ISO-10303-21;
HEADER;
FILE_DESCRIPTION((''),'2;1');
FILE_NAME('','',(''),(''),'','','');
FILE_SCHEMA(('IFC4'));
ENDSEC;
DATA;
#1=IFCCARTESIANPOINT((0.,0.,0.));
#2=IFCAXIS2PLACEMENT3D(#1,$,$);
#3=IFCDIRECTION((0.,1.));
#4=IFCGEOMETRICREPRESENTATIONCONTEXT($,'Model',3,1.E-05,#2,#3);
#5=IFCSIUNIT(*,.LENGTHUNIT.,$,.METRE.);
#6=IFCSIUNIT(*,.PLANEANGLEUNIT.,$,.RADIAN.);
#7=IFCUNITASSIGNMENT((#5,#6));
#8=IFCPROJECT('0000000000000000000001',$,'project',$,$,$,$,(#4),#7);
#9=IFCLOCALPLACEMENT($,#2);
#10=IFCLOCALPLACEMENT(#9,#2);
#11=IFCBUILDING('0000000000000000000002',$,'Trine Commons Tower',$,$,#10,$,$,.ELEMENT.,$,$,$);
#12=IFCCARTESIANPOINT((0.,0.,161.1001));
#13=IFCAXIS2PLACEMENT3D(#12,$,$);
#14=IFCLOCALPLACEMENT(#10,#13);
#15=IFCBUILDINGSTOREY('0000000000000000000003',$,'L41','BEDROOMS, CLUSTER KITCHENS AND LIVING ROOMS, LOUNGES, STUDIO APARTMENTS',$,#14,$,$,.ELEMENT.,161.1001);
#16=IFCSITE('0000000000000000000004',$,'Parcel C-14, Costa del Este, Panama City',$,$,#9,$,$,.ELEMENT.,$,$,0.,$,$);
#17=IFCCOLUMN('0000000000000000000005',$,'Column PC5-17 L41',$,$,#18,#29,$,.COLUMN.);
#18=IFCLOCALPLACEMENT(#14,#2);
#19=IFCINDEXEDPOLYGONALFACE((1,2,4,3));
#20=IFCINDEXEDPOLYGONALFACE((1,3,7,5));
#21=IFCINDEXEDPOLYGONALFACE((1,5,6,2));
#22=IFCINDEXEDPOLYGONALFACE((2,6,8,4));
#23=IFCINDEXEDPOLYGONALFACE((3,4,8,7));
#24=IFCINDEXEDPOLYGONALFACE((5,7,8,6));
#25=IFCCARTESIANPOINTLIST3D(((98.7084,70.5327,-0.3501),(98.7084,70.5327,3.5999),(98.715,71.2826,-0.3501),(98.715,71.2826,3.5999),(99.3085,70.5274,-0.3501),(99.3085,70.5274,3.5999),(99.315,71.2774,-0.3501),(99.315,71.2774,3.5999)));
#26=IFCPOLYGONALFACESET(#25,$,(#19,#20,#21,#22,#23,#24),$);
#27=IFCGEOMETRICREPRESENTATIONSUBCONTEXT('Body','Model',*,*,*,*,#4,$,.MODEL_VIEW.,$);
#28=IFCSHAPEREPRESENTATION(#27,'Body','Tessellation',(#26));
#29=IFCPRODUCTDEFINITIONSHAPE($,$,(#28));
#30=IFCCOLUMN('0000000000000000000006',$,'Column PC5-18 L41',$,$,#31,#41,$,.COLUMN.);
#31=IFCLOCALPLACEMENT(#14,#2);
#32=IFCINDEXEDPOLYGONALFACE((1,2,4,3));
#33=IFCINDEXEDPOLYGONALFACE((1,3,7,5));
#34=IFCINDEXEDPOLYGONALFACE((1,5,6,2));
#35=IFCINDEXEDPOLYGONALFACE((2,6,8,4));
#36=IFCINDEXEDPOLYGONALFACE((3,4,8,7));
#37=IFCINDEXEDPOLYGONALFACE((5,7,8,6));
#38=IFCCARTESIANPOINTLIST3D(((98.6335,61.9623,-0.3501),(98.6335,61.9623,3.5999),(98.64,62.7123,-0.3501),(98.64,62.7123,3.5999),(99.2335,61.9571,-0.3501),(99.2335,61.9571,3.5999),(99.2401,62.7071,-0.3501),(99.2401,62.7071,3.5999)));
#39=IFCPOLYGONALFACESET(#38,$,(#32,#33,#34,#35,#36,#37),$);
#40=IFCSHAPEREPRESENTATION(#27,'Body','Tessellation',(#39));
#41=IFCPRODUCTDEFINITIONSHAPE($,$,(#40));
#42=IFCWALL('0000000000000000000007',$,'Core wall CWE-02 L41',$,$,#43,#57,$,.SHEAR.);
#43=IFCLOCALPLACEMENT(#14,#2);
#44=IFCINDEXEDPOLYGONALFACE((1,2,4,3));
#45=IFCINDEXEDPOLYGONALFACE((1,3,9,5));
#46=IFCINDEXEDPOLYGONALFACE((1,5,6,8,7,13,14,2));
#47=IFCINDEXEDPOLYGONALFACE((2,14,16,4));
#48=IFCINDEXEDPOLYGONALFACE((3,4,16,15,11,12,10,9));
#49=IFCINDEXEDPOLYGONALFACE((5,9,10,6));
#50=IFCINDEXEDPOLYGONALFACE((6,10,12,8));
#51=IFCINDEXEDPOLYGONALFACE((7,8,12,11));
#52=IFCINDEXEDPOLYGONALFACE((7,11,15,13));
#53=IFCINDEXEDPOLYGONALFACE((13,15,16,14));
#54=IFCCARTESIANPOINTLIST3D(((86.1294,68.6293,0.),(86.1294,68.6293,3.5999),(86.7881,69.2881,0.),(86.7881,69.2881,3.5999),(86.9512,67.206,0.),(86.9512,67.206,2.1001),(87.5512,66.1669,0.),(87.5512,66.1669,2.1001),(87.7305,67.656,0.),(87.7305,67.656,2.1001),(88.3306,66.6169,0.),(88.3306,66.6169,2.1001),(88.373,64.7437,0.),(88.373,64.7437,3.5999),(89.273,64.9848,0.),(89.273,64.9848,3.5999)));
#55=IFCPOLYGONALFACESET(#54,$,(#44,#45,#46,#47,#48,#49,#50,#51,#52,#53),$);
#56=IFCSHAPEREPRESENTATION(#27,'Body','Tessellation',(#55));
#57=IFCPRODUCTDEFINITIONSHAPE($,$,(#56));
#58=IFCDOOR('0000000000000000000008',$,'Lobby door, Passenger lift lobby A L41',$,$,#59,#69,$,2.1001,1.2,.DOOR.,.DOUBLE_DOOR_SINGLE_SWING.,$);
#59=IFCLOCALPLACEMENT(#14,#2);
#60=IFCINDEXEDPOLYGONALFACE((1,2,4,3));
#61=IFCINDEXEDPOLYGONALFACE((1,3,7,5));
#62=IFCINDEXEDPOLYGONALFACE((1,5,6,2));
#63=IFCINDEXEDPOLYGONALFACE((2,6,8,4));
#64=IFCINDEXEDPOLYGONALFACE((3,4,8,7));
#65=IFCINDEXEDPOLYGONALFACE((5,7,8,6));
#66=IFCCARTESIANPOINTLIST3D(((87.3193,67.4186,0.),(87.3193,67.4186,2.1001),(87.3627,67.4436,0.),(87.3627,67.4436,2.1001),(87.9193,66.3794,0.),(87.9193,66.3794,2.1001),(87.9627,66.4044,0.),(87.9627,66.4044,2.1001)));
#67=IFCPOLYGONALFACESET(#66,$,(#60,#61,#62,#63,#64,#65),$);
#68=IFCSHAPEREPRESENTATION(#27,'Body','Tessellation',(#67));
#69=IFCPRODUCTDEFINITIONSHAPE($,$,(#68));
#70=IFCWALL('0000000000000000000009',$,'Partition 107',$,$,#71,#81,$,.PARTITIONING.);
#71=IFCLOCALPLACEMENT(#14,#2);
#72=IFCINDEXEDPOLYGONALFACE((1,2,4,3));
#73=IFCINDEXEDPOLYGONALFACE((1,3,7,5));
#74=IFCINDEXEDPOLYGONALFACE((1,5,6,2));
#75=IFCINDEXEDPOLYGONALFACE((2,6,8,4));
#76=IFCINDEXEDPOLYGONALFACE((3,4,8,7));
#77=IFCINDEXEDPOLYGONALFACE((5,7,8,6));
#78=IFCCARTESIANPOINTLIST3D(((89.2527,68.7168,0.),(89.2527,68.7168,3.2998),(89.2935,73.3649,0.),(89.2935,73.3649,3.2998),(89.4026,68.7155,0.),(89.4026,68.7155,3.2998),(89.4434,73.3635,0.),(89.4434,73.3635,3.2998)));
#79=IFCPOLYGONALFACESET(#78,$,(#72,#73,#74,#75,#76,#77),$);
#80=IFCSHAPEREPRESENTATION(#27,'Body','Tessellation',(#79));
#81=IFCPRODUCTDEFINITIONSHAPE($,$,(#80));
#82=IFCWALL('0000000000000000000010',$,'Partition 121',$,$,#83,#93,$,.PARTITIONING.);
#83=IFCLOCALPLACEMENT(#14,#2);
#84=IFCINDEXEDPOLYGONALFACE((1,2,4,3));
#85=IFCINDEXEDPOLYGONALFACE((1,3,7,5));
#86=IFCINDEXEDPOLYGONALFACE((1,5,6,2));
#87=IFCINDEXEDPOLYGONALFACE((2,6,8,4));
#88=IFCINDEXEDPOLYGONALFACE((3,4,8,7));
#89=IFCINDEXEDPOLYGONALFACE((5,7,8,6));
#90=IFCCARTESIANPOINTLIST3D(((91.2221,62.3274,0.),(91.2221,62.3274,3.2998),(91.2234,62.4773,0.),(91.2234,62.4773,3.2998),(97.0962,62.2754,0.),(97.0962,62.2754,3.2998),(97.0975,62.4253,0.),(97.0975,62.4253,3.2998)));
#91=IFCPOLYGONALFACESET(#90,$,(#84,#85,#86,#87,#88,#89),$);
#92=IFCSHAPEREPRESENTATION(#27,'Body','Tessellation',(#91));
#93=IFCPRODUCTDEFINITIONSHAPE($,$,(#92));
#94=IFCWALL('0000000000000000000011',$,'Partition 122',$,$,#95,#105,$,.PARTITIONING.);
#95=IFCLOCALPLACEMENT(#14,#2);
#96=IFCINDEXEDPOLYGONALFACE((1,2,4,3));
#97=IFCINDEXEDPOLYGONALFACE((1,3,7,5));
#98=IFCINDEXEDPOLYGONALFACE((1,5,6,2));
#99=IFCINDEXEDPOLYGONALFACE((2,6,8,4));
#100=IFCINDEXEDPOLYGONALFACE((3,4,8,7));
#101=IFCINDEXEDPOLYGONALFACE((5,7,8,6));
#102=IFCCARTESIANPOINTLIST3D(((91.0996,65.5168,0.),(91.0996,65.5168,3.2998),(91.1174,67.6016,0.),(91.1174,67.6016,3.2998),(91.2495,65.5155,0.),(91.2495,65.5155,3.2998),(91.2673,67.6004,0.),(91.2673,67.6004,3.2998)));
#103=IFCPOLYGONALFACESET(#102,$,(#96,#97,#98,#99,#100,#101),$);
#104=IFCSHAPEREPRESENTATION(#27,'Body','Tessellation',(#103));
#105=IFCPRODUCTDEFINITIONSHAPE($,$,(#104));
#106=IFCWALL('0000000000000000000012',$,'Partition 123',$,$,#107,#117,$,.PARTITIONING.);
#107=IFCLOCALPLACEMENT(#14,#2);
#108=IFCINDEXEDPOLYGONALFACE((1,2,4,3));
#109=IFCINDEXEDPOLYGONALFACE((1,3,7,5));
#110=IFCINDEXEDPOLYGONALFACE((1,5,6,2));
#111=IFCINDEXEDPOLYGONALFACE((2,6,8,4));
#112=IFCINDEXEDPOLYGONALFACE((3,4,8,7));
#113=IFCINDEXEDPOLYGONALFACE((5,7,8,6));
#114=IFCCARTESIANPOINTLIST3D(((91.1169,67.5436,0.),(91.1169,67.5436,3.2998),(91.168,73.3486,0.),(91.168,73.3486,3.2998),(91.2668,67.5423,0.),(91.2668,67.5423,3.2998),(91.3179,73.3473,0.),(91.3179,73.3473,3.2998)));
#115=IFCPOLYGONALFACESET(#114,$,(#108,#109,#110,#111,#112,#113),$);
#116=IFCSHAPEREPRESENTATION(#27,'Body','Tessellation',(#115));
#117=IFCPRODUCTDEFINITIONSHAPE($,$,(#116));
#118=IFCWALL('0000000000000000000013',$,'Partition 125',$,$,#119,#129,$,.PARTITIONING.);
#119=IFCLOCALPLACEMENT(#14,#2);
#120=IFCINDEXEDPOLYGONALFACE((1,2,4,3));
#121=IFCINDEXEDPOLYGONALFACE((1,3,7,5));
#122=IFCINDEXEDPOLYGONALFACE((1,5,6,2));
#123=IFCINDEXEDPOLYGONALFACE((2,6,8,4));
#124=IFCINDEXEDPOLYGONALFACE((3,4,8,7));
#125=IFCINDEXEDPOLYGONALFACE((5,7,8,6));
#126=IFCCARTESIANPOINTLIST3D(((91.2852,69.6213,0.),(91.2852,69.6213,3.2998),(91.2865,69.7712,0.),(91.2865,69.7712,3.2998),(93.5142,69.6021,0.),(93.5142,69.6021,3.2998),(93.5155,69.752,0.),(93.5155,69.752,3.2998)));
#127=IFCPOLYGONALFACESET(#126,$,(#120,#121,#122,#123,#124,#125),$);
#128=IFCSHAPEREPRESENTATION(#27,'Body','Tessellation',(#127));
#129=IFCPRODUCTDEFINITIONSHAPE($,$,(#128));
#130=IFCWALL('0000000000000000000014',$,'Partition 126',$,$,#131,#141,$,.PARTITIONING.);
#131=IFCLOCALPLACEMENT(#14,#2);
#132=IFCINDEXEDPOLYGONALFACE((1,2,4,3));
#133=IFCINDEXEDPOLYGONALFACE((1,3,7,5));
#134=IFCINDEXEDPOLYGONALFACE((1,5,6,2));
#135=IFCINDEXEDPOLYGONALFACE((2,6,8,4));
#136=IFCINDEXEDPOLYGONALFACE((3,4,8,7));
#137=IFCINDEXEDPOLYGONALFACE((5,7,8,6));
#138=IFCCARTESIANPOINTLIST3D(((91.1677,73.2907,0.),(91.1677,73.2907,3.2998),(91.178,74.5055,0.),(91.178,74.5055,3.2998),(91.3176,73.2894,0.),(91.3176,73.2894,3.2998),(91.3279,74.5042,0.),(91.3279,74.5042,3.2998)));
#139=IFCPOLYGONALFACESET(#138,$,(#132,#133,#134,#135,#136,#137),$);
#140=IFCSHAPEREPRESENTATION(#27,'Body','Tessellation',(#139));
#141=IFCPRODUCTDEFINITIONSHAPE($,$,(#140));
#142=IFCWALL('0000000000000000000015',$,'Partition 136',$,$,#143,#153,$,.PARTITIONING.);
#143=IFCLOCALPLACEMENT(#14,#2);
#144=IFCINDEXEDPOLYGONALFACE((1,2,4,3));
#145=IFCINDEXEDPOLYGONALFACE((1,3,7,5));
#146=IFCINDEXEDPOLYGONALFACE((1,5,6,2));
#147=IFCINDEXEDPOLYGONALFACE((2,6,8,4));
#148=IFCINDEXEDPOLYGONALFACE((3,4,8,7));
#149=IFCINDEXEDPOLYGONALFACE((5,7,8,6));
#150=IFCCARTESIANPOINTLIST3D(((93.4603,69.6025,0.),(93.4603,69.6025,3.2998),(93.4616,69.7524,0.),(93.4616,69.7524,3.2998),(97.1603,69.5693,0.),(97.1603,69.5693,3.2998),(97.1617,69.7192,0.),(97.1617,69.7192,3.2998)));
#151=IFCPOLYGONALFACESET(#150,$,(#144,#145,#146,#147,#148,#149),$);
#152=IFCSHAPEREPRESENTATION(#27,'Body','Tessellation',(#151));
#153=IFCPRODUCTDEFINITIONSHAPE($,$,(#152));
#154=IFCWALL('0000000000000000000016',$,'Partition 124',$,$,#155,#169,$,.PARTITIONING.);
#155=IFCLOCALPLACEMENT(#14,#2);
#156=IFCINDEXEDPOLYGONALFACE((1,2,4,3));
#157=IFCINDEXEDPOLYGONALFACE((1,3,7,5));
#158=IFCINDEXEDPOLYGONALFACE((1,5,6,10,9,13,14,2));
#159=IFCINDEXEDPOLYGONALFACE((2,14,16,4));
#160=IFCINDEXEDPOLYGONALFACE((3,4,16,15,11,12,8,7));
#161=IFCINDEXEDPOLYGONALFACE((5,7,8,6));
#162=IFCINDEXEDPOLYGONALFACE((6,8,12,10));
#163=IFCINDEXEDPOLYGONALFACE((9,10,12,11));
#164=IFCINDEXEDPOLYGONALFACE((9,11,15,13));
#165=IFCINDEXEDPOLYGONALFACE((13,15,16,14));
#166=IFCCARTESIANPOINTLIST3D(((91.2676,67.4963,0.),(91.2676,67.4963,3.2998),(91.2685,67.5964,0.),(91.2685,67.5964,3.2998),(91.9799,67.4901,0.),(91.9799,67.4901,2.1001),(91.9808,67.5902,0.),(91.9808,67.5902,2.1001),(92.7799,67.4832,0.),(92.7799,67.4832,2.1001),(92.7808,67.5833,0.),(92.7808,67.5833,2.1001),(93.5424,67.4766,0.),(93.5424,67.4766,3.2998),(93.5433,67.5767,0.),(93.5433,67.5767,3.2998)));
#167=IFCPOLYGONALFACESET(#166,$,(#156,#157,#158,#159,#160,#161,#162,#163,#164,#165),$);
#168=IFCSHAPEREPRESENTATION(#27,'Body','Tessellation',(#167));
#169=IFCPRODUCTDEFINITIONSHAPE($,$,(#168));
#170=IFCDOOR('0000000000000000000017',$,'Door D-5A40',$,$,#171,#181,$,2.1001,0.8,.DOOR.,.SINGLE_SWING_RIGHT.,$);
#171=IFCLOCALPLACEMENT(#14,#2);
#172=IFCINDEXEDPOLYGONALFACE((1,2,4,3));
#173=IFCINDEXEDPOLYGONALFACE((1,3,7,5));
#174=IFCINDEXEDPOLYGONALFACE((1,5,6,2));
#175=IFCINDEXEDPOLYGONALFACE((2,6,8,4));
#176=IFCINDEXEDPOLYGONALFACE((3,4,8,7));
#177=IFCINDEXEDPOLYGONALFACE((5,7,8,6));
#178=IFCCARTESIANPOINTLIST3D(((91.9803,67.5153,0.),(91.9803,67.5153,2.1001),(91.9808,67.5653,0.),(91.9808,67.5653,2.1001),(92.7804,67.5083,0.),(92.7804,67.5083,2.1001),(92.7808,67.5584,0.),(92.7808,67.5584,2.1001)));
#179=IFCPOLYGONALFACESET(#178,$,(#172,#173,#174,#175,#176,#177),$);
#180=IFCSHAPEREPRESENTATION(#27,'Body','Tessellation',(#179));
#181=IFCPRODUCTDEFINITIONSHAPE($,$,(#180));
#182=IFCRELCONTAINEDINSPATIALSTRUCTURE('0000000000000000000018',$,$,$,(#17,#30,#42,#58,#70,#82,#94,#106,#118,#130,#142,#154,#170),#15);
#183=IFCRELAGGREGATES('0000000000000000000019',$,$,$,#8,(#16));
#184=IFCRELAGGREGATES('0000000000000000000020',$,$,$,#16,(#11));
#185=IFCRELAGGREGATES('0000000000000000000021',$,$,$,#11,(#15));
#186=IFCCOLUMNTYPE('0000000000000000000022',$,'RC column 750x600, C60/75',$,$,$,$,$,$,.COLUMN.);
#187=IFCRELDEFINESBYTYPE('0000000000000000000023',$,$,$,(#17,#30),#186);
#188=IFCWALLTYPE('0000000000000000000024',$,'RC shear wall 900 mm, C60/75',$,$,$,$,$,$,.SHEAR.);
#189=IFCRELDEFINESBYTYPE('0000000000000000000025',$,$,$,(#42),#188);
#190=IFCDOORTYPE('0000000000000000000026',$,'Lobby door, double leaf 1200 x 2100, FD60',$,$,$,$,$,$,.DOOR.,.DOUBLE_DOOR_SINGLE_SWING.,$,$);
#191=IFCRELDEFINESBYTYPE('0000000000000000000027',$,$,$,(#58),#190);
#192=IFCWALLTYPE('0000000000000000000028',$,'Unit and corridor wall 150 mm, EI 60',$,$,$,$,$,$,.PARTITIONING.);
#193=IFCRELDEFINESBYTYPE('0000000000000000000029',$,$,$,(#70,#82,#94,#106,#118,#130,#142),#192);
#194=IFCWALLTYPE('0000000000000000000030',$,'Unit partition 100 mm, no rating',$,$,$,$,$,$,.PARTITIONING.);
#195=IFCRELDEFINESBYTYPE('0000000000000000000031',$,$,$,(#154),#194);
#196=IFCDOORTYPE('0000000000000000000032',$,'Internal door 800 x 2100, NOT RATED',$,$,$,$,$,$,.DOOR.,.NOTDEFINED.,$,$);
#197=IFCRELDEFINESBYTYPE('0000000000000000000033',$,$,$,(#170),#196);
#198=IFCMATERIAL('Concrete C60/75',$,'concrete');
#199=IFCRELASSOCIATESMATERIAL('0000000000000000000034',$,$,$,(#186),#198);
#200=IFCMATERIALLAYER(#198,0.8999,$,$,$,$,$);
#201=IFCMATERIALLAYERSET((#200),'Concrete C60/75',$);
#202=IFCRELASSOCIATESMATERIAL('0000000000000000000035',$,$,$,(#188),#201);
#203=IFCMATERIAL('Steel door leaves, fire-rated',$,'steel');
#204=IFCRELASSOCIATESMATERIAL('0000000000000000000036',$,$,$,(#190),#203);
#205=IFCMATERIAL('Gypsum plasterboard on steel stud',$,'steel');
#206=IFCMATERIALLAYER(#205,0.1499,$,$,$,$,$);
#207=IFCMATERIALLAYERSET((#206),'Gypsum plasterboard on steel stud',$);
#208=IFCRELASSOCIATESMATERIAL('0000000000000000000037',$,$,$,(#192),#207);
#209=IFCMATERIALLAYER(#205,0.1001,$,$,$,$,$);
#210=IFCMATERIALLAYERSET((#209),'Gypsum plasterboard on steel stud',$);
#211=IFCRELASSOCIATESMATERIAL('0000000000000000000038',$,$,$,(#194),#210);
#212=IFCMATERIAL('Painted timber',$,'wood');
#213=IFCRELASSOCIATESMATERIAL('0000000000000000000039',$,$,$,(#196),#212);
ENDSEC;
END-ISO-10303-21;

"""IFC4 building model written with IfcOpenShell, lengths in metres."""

from ifc_helpers import new_model, si_unit, direction, frame, frame_2d, origin, origin_2d, place, context, subcontext, project, spatial, polyline, rectangle, outline, extrude, material, layer, layer_set, material_profile, profile_set, type_object, element, fill, save


model = new_model("IFC4")

# Units and contexts
model_context = context("Model", 3, precision=1e-05, world=origin(), true_north=direction((0.0, 1.0)))
body_context = subcontext(model_context, "Body", "Model", "MODEL_VIEW")
ifc_project = project(units=[si_unit("LENGTHUNIT", "METRE"), si_unit("PLANEANGLEUNIT", "RADIAN")], contexts=[model_context])

# Site, building, storey
site_placement = place(None, origin())
site = spatial("IfcSite", under=ifc_project, at=site_placement, Name="Parcel C-14, Costa del Este, Panama City", CompositionType="ELEMENT", RefElevation=0.0)
building_placement = place(site_placement, origin())
building = spatial("IfcBuilding", under=site, at=building_placement, Name="Trine Commons Tower", CompositionType="ELEMENT")
storey_placement = place(building_placement, frame((0.0, 0.0, 161.1001)))
storey = spatial("IfcBuildingStorey", under=building, at=storey_placement, Name="L41", Description="BEDROOMS, CLUSTER KITCHENS AND LIVING ROOMS, LOUNGES, STUDIO APARTMENTS", CompositionType="ELEMENT", Elevation=161.1001)

# Columns
ifc_material_1 = material(Name="Concrete C60/75", Category="concrete")
ifc_material_profile = material_profile(ifc_material_1, rectangle(XDim=0.75, YDim=0.6001, at=origin_2d()), Name="RC 750x600")
ifc_profile_set = profile_set([ifc_material_profile], Name="Concrete C60/75")
column_type = type_object("IfcColumnType", Name="RC column 750x600, C60/75", PredefinedType="COLUMN", material=ifc_profile_set)
for number, where, z_axis, x_axis, name in (
    (1, (99.0117, 70.905, -0.3501), (0.0, 0.0, 1.0), (0.008727, 0.999962, 0.0), "Column PC5-17 L41"),
    (2, (98.9368, 62.3347, -0.3501), (0.0, 0.0, 1.0), (0.008727, 0.999962, 0.0), "Column PC5-18 L41"),
):
    element("IfcColumn", number, at=place(storey_placement, frame(where, z_axis=z_axis, x_axis=x_axis)), inside=storey, type_object=column_type, Name=name, PredefinedType="COLUMN", context=body_context, shape_type="SweptSolid", body=[
        extrude(rectangle(XDim=0.75, YDim=0.6001, at=origin_2d()), origin(), (0.0, 0.0, 1.0), 3.95),
    ])

# Wall, opening, door
ifc_layer_1 = layer(ifc_material_1, 0.8999)
ifc_layer_set_1 = layer_set([ifc_layer_1], Name="Concrete C60/75")
wall_type_1 = type_object("IfcWallType", Name="RC shear wall 900 mm, C60/75", PredefinedType="SHEAR", material=ifc_layer_set_1)
wall_1_placement = place(storey_placement, frame((88.8833, 64.7598, 0.0), z_axis=(0.0, 0.0, 1.0), x_axis=(-0.500039, 0.866003, 0.0)))
wall_1 = element("IfcWall", 3, at=wall_1_placement, inside=storey, type_object=wall_type_1, Name="Core wall CWE-02 L41", PredefinedType="SHEAR", context=body_context, shape_type="SweptSolid", body=[
    extrude(outline(polyline([(0.0, -0.45), (4.9692, -0.45), (4.728, 0.45), (0.2412, 0.45), (0.0, -0.45)])), origin(), (0.0, 0.0, 1.0), 3.5999),
])
opening_1_placement = place(wall_1_placement, frame((1.8845, 0.0, 0.0)))
opening_1 = element("IfcOpeningElement", 4, at=opening_1_placement, cuts=wall_1, PredefinedType="OPENING", context=body_context, shape_type="SweptSolid", body=[
    extrude(rectangle(XDim=1.2, YDim=2.1001, at=frame_2d((0.6001, 1.05))), frame((0.0, 0.46, 0.0), z_axis=(0.0, -1.0, 0.0), x_axis=(1.0, 0.0, 0.0)), (0.0, 0.0, 1.0), 0.9199),
])
ifc_material_2 = material(Name="Steel door leaves, fire-rated", Category="steel")
door_type_1 = type_object("IfcDoorType", Name="Lobby door, double leaf 1200 x 2100, FD60", OperationType="DOUBLE_DOOR_SINGLE_SWING", PredefinedType="DOOR", material=ifc_material_2)
door_1_placement = place(opening_1_placement, origin())
door_1 = element("IfcDoor", 5, at=door_1_placement, inside=storey, type_object=door_type_1, Name="Lobby door, Passenger lift lobby A L41", OperationType="DOUBLE_DOOR_SINGLE_SWING", OverallHeight=2.1001, OverallWidth=1.2, PredefinedType="DOOR", context=body_context, shape_type="SweptSolid", body=[
    extrude(rectangle(XDim=1.2, YDim=2.1001, at=frame_2d((0.6001, 1.05))), frame((0.0, 0.0249, 0.0), z_axis=(0.0, -1.0, 0.0), x_axis=(1.0, 0.0, 0.0)), (0.0, 0.0, 1.0), 0.05),
])
fill(opening_1, door_1)

# Walls
ifc_material_3 = material(Name="Gypsum plasterboard on steel stud", Category="steel")
ifc_layer_2 = layer(ifc_material_3, 0.1499)
ifc_layer_set_2 = layer_set([ifc_layer_2], Name="Gypsum plasterboard on steel stud")
wall_type_2 = type_object("IfcWallType", Name="Unit and corridor wall 150 mm, EI 60", PredefinedType="PARTITIONING", material=ifc_layer_set_2)
wall_2_placement = place(storey_placement, frame((89.3276, 68.7161, 0.0), z_axis=(0.0, 0.0, 1.0), x_axis=(0.008772, 0.999962, 0.0)))
element("IfcWall", 6, at=wall_2_placement, inside=storey, type_object=wall_type_2, Name="Partition 107", PredefinedType="PARTITIONING", context=body_context, shape_type="SweptSolid", body=[
    extrude(rectangle(XDim=4.6482, YDim=0.1499, at=frame_2d((2.3242, 0.0))), origin(), (0.0, 0.0, 1.0), 3.2998),
])
wall_3_placement = place(storey_placement, frame((91.2229, 62.4023, 0.0), z_axis=(0.0, 0.0, 1.0), x_axis=(0.999961, -0.008853, 0.0)))
element("IfcWall", 7, at=wall_3_placement, inside=storey, type_object=wall_type_2, Name="Partition 121", PredefinedType="PARTITIONING", context=body_context, shape_type="SweptSolid", body=[
    extrude(rectangle(XDim=5.8743, YDim=0.1499, at=frame_2d((2.937, 0.0))), origin(), (0.0, 0.0, 1.0), 3.2998),
])
wall_4_placement = place(storey_placement, frame((91.1746, 65.5161, 0.0), z_axis=(0.0, 0.0, 1.0), x_axis=(0.008548, 0.999963, 0.0)))
element("IfcWall", 8, at=wall_4_placement, inside=storey, type_object=wall_type_2, Name="Partition 122", PredefinedType="PARTITIONING", context=body_context, shape_type="SweptSolid", body=[
    extrude(rectangle(XDim=2.085, YDim=0.1499, at=frame_2d((1.0425, 0.0))), origin(), (0.0, 0.0, 1.0), 3.2998),
])
wall_5_placement = place(storey_placement, frame((91.1919, 67.543, 0.0), z_axis=(0.0, 0.0, 1.0), x_axis=(0.00879, 0.999961, 0.0)))
element("IfcWall", 9, at=wall_5_placement, inside=storey, type_object=wall_type_2, Name="Partition 123", PredefinedType="PARTITIONING", context=body_context, shape_type="SweptSolid", body=[
    extrude(rectangle(XDim=5.8052, YDim=0.1499, at=frame_2d((2.9026, 0.0))), origin(), (0.0, 0.0, 1.0), 3.2998),
])
wall_6_placement = place(storey_placement, frame((91.2859, 69.6963, 0.0), z_axis=(0.0, 0.0, 1.0), x_axis=(0.999963, -0.008652, 0.0)))
element("IfcWall", 10, at=wall_6_placement, inside=storey, type_object=wall_type_2, Name="Partition 125", PredefinedType="PARTITIONING", context=body_context, shape_type="SweptSolid", body=[
    extrude(rectangle(XDim=2.229, YDim=0.1499, at=frame_2d((1.1145, 0.0))), origin(), (0.0, 0.0, 1.0), 3.2998),
])
wall_7_placement = place(storey_placement, frame((91.2427, 73.29, 0.0), z_axis=(0.0, 0.0, 1.0), x_axis=(0.00844, 0.999964, 0.0)))
element("IfcWall", 11, at=wall_7_placement, inside=storey, type_object=wall_type_2, Name="Partition 126", PredefinedType="PARTITIONING", context=body_context, shape_type="SweptSolid", body=[
    extrude(rectangle(XDim=1.2148, YDim=0.1499, at=frame_2d((0.6074, 0.0))), origin(), (0.0, 0.0, 1.0), 3.2998),
])
wall_8_placement = place(storey_placement, frame((93.4609, 69.6775, 0.0), z_axis=(0.0, 0.0, 1.0), x_axis=(0.99996, -0.008974, 0.0)))
element("IfcWall", 12, at=wall_8_placement, inside=storey, type_object=wall_type_2, Name="Partition 136", PredefinedType="PARTITIONING", context=body_context, shape_type="SweptSolid", body=[
    extrude(rectangle(XDim=3.7002, YDim=0.1499, at=frame_2d((1.8501, 0.0))), origin(), (0.0, 0.0, 1.0), 3.2998),
])

# Wall, opening, door
ifc_layer_3 = layer(ifc_material_3, 0.1001)
ifc_layer_set_3 = layer_set([ifc_layer_3], Name="Gypsum plasterboard on steel stud")
wall_type_3 = type_object("IfcWallType", Name="Unit partition 100 mm, no rating", PredefinedType="PARTITIONING", material=ifc_layer_set_3)
wall_9_placement = place(storey_placement, frame((91.2681, 67.5464, 0.0), z_axis=(0.0, 0.0, 1.0), x_axis=(0.999962, -0.008693, 0.0)))
wall_9 = element("IfcWall", 13, at=wall_9_placement, inside=storey, type_object=wall_type_3, Name="Partition 124", PredefinedType="PARTITIONING", context=body_context, shape_type="SweptSolid", body=[
    extrude(rectangle(XDim=2.2749, YDim=0.1001, at=frame_2d((1.1375, 0.0))), origin(), (0.0, 0.0, 1.0), 3.2998),
])
opening_2_placement = place(wall_9_placement, frame((0.7124, 0.0, 0.0)))
opening_2 = element("IfcOpeningElement", 14, at=opening_2_placement, cuts=wall_9, PredefinedType="OPENING", context=body_context, shape_type="SweptSolid", body=[
    extrude(rectangle(XDim=0.8, YDim=2.1001, at=frame_2d((0.3999, 1.05))), frame((0.0, 0.0601, 0.0), z_axis=(0.0, -1.0, 0.0), x_axis=(1.0, 0.0, 0.0)), (0.0, 0.0, 1.0), 0.1201),
])
ifc_material_4 = material(Name="Painted timber", Category="wood")
door_type_2 = type_object("IfcDoorType", Name="Internal door 800 x 2100, NOT RATED", OperationType="NOTDEFINED", PredefinedType="DOOR", material=ifc_material_4)
door_2_placement = place(opening_2_placement, frame((0.8, 0.0, 0.0), z_axis=(0.0, 0.0, 1.0), x_axis=(-1.0, 0.0, 0.0)))
door_2 = element("IfcDoor", 15, at=door_2_placement, inside=storey, type_object=door_type_2, Name="Door D-5A40", OperationType="SINGLE_SWING_RIGHT", OverallHeight=2.1001, OverallWidth=0.8, PredefinedType="DOOR", context=body_context, shape_type="SweptSolid", body=[
    extrude(rectangle(XDim=0.8, YDim=2.1001, at=frame_2d((0.3999, 1.05))), frame((0.0, 0.0249, 0.0), z_axis=(0.0, -1.0, 0.0), x_axis=(1.0, 0.0, 0.0)), (0.0, 0.0, 1.0), 0.05),
])
fill(opening_2, door_2)

save(model, "model.ifc")
